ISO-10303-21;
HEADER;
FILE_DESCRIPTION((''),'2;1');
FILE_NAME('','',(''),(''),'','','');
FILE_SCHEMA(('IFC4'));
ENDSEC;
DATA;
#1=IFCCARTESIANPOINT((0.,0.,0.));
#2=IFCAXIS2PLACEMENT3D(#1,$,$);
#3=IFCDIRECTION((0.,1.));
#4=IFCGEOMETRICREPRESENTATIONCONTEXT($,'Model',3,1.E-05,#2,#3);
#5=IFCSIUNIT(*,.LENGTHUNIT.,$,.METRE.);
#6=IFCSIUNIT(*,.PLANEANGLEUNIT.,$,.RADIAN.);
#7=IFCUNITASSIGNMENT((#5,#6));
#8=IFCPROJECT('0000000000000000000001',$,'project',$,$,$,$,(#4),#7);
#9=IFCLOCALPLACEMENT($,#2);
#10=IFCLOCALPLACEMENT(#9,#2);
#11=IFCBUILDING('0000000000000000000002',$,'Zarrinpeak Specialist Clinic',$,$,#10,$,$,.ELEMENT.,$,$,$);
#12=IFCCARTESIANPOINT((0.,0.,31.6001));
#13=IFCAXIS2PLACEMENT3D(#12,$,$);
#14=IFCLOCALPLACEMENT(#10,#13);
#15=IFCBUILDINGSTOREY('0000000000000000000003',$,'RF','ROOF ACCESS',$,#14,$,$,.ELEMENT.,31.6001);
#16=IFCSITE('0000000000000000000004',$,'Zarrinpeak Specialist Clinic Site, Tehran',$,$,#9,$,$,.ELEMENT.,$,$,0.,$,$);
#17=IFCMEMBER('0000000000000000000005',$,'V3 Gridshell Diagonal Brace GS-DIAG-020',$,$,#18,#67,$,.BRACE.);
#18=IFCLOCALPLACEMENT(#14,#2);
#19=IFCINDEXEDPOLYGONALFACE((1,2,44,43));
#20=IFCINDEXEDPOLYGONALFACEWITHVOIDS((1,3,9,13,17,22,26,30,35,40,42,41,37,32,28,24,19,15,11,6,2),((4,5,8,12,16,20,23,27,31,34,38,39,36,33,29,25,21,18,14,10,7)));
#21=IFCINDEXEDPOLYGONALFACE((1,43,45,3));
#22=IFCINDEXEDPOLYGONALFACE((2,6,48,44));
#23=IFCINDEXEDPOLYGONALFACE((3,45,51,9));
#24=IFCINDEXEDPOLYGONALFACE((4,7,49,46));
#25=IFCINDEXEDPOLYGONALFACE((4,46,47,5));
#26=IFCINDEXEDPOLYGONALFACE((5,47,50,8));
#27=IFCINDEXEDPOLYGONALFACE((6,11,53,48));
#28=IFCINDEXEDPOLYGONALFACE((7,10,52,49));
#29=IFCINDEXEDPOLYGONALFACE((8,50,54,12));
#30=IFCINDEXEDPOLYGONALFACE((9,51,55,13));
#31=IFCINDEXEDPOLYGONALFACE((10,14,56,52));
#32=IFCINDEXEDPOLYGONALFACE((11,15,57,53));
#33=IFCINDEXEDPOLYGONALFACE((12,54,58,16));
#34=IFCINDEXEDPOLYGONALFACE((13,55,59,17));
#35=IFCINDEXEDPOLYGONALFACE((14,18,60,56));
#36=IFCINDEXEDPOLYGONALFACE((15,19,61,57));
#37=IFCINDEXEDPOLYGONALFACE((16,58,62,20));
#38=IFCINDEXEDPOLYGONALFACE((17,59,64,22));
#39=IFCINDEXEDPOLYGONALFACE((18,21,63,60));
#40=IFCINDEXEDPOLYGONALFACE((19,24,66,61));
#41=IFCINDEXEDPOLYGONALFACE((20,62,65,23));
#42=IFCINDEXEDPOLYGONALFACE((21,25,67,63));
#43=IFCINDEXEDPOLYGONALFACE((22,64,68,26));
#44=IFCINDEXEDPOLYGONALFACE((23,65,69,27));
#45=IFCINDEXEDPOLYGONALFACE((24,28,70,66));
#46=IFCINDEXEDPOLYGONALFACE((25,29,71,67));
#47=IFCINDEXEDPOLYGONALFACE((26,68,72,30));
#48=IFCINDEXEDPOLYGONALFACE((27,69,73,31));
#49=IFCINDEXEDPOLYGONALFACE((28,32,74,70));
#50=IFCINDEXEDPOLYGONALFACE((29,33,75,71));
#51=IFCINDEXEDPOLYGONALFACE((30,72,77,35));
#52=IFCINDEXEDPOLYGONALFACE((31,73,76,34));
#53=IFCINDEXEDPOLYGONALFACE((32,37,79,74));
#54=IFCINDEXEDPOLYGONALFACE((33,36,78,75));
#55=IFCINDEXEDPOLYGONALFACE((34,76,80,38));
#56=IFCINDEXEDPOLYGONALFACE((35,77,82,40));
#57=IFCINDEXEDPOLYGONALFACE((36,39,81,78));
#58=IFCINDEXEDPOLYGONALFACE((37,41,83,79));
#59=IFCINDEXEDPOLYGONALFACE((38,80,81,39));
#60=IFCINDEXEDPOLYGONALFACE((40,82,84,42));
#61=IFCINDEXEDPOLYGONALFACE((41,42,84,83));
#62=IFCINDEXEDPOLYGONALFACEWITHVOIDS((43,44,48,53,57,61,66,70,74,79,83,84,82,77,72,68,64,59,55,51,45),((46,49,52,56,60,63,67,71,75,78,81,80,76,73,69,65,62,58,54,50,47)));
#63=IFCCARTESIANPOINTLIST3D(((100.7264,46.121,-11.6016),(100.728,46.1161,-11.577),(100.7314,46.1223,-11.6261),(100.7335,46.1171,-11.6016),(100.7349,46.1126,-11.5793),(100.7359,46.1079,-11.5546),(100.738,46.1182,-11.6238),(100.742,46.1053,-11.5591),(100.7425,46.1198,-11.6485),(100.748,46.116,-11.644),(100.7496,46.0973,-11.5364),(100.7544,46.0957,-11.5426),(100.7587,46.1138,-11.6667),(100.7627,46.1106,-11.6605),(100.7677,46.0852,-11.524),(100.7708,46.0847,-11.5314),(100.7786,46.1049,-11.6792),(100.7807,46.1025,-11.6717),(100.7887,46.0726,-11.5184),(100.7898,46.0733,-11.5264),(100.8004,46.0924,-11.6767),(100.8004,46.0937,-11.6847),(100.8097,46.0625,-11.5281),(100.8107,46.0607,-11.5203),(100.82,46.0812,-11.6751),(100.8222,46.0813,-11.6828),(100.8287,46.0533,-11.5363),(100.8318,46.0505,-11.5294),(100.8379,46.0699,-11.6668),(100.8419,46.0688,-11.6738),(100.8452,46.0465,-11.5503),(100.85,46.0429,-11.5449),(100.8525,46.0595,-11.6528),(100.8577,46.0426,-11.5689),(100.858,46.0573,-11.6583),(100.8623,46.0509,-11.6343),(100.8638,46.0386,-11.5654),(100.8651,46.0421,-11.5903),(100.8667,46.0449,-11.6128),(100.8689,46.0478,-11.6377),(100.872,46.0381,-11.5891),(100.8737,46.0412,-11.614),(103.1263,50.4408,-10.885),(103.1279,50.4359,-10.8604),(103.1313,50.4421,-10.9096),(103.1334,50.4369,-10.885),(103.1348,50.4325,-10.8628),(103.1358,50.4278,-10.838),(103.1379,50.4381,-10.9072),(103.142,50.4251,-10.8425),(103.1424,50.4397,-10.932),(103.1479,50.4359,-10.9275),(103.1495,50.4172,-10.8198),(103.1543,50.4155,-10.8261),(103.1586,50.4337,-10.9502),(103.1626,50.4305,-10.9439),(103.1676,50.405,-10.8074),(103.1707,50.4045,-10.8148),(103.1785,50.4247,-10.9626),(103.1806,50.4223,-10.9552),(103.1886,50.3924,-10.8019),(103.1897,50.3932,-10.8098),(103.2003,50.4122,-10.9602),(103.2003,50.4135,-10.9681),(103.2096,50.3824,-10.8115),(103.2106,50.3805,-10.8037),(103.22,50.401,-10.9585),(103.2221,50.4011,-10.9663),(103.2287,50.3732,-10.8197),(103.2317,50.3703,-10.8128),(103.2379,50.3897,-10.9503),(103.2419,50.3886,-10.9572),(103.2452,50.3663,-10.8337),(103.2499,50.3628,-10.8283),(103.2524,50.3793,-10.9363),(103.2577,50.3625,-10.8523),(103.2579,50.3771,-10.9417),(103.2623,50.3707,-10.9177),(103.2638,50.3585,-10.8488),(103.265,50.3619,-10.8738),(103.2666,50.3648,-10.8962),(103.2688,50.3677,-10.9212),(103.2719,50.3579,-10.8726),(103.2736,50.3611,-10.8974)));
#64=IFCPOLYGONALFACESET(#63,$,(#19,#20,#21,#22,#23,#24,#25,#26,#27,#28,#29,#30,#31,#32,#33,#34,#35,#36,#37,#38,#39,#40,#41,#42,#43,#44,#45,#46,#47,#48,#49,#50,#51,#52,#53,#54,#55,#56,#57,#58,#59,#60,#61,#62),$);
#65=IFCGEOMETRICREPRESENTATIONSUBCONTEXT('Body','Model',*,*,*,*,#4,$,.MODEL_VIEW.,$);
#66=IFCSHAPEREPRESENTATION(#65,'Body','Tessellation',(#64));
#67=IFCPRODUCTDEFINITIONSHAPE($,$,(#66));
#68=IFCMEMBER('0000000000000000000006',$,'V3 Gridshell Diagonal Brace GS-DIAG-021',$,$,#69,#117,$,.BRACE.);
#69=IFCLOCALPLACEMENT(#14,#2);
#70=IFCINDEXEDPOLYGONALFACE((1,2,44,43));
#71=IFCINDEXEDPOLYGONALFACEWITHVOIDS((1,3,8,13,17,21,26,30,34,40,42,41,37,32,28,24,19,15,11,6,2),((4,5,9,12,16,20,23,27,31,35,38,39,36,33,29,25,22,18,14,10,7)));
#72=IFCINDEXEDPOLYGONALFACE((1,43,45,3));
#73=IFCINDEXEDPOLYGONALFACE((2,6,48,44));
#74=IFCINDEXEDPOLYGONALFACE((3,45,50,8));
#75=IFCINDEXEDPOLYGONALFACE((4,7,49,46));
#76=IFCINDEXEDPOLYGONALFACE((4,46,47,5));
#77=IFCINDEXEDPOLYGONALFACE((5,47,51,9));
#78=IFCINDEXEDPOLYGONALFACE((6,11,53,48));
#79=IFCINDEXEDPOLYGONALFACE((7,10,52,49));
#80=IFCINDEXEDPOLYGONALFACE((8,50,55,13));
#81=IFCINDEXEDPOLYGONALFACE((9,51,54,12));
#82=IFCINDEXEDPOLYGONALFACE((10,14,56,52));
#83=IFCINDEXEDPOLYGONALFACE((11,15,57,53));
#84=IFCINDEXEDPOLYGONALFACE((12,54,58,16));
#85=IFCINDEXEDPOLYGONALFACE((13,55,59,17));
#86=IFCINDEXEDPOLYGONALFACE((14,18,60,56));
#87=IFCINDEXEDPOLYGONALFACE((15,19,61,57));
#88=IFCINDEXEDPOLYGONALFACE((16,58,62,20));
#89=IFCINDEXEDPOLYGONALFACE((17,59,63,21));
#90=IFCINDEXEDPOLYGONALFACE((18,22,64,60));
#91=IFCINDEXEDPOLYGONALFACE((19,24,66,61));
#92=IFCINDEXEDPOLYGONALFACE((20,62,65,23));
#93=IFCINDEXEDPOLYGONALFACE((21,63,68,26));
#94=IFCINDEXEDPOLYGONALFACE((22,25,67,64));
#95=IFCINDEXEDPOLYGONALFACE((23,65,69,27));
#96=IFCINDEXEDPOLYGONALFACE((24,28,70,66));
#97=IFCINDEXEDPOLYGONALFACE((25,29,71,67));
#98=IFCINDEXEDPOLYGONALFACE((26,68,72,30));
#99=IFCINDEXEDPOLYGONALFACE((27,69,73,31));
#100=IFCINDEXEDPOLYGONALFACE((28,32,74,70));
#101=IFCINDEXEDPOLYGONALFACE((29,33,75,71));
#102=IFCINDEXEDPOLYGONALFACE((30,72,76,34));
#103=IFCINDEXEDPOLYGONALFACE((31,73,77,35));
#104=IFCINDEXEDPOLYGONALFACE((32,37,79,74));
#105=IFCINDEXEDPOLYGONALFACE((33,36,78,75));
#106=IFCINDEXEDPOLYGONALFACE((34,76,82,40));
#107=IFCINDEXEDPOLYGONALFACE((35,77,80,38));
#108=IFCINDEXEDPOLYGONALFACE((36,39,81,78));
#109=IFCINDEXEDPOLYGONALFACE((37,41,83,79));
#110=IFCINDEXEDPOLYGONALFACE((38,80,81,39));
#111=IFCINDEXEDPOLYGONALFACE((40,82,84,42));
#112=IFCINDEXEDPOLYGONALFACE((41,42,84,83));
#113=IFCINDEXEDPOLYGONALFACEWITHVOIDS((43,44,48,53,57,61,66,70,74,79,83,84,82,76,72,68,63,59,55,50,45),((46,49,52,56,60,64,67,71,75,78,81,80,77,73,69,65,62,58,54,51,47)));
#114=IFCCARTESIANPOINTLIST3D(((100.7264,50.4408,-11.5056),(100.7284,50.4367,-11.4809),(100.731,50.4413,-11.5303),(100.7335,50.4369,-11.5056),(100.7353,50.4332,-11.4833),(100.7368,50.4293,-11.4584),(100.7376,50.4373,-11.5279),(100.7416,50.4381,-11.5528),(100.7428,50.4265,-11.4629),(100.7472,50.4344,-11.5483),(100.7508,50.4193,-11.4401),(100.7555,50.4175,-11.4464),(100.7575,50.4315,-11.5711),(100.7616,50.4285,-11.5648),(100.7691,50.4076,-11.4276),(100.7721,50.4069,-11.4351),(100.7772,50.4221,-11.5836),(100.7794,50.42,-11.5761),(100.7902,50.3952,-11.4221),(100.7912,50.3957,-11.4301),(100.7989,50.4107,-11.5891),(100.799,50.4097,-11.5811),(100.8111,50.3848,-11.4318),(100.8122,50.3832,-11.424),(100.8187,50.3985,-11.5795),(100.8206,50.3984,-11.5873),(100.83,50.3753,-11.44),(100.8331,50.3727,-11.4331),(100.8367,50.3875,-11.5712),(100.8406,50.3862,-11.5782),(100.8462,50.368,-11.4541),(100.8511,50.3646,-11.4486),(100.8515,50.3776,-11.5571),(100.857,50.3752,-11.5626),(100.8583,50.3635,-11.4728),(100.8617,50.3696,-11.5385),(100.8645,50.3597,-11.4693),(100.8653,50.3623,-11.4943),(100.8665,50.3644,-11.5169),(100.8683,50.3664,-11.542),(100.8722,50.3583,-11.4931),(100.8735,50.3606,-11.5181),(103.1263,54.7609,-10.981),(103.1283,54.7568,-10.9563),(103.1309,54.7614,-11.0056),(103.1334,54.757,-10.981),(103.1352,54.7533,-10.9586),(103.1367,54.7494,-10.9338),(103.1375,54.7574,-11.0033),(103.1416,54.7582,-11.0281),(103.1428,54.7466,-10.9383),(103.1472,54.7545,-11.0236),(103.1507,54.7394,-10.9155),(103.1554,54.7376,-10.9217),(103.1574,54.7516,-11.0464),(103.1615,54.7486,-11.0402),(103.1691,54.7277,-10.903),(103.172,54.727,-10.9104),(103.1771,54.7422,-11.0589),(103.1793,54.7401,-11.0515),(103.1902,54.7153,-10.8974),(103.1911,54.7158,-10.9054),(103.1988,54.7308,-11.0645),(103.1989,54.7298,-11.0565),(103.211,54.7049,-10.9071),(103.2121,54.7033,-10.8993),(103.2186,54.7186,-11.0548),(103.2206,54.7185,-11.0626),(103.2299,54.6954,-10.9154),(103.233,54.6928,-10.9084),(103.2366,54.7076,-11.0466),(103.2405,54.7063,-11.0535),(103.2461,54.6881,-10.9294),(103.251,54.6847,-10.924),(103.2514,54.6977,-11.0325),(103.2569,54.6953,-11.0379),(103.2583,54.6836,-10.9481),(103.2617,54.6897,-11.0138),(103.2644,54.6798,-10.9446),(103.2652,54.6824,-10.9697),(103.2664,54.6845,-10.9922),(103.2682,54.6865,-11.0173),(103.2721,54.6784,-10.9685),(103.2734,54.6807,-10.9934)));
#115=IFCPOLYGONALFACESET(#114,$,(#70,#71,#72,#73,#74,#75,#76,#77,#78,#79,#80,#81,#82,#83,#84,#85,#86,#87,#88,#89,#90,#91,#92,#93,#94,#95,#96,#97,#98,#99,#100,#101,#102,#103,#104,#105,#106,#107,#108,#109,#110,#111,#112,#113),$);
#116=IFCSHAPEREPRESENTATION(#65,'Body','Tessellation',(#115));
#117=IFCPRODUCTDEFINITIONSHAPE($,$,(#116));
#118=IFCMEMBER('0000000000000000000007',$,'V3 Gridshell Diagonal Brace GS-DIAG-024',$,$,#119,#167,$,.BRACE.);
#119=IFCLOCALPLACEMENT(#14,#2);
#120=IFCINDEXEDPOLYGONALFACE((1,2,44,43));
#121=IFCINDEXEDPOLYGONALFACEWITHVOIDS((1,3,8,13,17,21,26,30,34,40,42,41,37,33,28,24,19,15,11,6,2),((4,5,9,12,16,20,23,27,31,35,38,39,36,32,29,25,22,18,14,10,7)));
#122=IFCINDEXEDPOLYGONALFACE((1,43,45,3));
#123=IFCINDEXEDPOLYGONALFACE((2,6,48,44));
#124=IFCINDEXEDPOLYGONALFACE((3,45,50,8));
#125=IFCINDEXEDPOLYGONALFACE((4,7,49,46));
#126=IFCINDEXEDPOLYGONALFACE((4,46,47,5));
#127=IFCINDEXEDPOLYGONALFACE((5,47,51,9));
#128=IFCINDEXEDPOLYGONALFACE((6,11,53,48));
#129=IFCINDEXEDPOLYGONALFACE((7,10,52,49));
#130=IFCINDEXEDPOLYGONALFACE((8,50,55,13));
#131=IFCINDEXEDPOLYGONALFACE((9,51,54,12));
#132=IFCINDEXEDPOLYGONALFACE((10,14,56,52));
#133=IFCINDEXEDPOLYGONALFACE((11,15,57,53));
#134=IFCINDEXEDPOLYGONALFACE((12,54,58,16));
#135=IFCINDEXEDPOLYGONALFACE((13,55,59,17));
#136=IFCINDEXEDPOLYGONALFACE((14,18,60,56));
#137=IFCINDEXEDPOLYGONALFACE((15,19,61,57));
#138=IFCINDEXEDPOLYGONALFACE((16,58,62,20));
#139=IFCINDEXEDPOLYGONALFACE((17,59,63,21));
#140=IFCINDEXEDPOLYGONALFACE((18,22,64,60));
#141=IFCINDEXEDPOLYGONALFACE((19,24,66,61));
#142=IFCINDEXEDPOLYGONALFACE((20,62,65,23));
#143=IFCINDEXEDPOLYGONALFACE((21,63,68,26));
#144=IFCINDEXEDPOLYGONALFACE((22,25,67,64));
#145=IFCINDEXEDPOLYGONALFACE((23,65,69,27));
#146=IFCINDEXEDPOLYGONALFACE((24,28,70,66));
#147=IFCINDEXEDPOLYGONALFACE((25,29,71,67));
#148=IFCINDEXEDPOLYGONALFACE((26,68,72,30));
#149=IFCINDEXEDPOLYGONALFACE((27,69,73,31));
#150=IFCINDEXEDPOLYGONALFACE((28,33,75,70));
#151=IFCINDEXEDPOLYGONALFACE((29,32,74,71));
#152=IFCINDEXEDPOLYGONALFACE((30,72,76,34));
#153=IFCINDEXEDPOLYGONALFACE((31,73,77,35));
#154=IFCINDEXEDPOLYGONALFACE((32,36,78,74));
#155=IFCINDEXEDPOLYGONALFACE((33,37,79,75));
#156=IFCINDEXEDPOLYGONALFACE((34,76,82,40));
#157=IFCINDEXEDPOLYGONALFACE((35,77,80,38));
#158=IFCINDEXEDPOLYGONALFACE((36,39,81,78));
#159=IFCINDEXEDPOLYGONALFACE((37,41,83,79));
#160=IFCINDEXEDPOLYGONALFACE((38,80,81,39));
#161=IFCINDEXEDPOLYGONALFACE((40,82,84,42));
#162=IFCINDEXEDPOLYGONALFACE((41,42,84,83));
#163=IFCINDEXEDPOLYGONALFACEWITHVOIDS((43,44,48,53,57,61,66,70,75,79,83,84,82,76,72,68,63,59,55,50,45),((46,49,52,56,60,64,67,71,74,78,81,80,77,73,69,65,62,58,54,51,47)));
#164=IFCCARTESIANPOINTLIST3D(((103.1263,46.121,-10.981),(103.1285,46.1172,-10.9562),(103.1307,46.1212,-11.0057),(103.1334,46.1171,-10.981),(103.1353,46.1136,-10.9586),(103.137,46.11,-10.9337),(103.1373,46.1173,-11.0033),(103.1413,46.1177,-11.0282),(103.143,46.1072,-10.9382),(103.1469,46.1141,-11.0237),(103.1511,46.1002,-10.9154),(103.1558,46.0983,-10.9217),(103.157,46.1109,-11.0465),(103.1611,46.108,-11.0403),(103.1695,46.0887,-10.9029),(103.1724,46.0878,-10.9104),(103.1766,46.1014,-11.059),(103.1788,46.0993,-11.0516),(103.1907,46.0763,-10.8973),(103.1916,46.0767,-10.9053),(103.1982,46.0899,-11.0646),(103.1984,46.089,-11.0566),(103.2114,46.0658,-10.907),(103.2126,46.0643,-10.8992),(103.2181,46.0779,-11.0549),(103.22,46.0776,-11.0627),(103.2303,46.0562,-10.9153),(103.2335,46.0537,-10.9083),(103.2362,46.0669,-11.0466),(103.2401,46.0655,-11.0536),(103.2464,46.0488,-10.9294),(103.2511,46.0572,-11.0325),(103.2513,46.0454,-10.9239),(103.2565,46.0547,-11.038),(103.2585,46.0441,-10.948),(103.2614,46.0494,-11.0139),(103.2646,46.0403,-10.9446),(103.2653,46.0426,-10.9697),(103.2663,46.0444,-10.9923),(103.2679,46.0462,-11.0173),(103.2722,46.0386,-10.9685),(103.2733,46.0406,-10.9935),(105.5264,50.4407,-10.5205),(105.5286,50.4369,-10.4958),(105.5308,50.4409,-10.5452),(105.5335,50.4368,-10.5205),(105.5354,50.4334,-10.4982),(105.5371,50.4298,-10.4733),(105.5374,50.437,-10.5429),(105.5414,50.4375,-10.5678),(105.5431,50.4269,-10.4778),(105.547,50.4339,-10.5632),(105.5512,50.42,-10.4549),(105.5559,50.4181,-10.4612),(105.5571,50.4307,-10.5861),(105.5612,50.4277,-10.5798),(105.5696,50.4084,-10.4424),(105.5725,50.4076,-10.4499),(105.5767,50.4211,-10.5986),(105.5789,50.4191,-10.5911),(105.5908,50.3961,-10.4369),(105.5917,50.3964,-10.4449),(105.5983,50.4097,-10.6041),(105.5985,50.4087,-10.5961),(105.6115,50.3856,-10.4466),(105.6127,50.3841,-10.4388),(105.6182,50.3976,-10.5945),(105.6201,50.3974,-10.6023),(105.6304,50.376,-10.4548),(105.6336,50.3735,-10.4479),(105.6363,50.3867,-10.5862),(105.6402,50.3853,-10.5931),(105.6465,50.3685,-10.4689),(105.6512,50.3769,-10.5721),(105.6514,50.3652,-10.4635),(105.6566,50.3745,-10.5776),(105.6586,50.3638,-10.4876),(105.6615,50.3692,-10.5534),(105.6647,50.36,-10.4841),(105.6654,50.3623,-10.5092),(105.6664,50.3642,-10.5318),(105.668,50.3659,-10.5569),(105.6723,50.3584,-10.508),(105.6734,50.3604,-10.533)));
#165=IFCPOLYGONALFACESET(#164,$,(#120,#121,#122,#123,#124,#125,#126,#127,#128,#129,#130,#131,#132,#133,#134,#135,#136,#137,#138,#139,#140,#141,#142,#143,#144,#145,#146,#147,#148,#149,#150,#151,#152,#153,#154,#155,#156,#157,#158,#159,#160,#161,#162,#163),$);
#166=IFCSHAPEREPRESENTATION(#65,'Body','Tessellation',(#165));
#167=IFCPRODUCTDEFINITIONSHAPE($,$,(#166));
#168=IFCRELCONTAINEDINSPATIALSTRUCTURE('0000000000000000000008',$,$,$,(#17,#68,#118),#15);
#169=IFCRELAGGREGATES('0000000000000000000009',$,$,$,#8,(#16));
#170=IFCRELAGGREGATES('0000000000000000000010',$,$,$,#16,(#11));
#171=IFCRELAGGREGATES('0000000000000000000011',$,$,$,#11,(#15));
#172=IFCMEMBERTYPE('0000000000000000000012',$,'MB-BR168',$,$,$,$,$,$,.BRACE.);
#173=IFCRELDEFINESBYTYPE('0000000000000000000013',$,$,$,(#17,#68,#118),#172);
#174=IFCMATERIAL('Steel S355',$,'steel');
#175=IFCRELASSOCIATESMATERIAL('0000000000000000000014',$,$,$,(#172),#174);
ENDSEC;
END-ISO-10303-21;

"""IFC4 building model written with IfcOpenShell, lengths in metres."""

from ifc_helpers import new_model, si_unit, direction, frame, origin, origin_2d, place, context, subcontext, project, spatial, hollow_circle, extrude, material, material_profile, profile_set, type_object, element, save


model = new_model("IFC4")

# Units and contexts
model_context = context("Model", 3, precision=1e-05, world=origin(), true_north=direction((0.0, 1.0)))
body_context = subcontext(model_context, "Body", "Model", "MODEL_VIEW")
ifc_project = project(units=[si_unit("LENGTHUNIT", "METRE"), si_unit("PLANEANGLEUNIT", "RADIAN")], contexts=[model_context])

# Site, building, storey
site_placement = place(None, origin())
site = spatial("IfcSite", under=ifc_project, at=site_placement, Name="Zarrinpeak Specialist Clinic Site, Tehran", CompositionType="ELEMENT", RefElevation=0.0)
building_placement = place(site_placement, origin())
building = spatial("IfcBuilding", under=site, at=building_placement, Name="Zarrinpeak Specialist Clinic", CompositionType="ELEMENT")
storey_placement = place(building_placement, frame((0.0, 0.0, 31.6001)))
storey = spatial("IfcBuildingStorey", under=building, at=storey_placement, Name="RF", Description="ROOF ACCESS", CompositionType="ELEMENT", Elevation=31.6001)

# Members
ifc_material_1 = material(Name="Steel S355", Category="steel")
ifc_material_profile_1 = material_profile(ifc_material_1, hollow_circle(Radius=0.0842, WallThickness=0.0081, at=origin_2d()), Name="CHS 168.3x8.0")
ifc_profile_set_1 = profile_set([ifc_material_profile_1], Name="Steel S355")
member_type_1 = type_object("IfcMemberType", Name="MB-BR168", PredefinedType="BRACE", material=ifc_profile_set_1)
member_1_placement = place(storey_placement, frame((100.8, 46.0801, -11.6016), z_axis=(0.480617, 0.86511, 0.1435), x_axis=(-0.874157, 0.485643, 0.0)))
element("IfcMember", 1, at=member_1_placement, inside=storey, type_object=member_type_1, Name="V3 Gridshell Diagonal Brace GS-DIAG-020", PredefinedType="BRACE", context=body_context, shape_type="SweptSolid", body=[
    extrude(hollow_circle(Radius=0.0842, WallThickness=0.0081, at=origin_2d()), origin(), (0.0, 0.0, 1.0), 4.9934),
])
member_2_placement = place(storey_placement, frame((100.8, 50.3999, -11.5056), z_axis=(0.482908, 0.869284, 0.105572), x_axis=(-0.874169, 0.485622, 0.0)))
element("IfcMember", 2, at=member_2_placement, inside=storey, type_object=member_type_1, Name="V3 Gridshell Diagonal Brace GS-DIAG-021", PredefinedType="BRACE", context=body_context, shape_type="SweptSolid", body=[
    extrude(hollow_circle(Radius=0.0842, WallThickness=0.0081, at=origin_2d()), origin(), (0.0, 0.0, 1.0), 4.9697),
])
member_3_placement = place(storey_placement, frame((103.2, 46.0801, -10.981), z_axis=(0.483586, 0.870366, 0.092772), x_axis=(-0.874136, 0.485681, 0.0)))
element("IfcMember", 3, at=member_3_placement, inside=storey, type_object=member_type_1, Name="V3 Gridshell Diagonal Brace GS-DIAG-024", PredefinedType="BRACE", context=body_context, shape_type="SweptSolid", body=[
    extrude(hollow_circle(Radius=0.0842, WallThickness=0.0081, at=origin_2d()), origin(), (0.0, 0.0, 1.0), 4.9631),
])

save(model, "model.ifc")
